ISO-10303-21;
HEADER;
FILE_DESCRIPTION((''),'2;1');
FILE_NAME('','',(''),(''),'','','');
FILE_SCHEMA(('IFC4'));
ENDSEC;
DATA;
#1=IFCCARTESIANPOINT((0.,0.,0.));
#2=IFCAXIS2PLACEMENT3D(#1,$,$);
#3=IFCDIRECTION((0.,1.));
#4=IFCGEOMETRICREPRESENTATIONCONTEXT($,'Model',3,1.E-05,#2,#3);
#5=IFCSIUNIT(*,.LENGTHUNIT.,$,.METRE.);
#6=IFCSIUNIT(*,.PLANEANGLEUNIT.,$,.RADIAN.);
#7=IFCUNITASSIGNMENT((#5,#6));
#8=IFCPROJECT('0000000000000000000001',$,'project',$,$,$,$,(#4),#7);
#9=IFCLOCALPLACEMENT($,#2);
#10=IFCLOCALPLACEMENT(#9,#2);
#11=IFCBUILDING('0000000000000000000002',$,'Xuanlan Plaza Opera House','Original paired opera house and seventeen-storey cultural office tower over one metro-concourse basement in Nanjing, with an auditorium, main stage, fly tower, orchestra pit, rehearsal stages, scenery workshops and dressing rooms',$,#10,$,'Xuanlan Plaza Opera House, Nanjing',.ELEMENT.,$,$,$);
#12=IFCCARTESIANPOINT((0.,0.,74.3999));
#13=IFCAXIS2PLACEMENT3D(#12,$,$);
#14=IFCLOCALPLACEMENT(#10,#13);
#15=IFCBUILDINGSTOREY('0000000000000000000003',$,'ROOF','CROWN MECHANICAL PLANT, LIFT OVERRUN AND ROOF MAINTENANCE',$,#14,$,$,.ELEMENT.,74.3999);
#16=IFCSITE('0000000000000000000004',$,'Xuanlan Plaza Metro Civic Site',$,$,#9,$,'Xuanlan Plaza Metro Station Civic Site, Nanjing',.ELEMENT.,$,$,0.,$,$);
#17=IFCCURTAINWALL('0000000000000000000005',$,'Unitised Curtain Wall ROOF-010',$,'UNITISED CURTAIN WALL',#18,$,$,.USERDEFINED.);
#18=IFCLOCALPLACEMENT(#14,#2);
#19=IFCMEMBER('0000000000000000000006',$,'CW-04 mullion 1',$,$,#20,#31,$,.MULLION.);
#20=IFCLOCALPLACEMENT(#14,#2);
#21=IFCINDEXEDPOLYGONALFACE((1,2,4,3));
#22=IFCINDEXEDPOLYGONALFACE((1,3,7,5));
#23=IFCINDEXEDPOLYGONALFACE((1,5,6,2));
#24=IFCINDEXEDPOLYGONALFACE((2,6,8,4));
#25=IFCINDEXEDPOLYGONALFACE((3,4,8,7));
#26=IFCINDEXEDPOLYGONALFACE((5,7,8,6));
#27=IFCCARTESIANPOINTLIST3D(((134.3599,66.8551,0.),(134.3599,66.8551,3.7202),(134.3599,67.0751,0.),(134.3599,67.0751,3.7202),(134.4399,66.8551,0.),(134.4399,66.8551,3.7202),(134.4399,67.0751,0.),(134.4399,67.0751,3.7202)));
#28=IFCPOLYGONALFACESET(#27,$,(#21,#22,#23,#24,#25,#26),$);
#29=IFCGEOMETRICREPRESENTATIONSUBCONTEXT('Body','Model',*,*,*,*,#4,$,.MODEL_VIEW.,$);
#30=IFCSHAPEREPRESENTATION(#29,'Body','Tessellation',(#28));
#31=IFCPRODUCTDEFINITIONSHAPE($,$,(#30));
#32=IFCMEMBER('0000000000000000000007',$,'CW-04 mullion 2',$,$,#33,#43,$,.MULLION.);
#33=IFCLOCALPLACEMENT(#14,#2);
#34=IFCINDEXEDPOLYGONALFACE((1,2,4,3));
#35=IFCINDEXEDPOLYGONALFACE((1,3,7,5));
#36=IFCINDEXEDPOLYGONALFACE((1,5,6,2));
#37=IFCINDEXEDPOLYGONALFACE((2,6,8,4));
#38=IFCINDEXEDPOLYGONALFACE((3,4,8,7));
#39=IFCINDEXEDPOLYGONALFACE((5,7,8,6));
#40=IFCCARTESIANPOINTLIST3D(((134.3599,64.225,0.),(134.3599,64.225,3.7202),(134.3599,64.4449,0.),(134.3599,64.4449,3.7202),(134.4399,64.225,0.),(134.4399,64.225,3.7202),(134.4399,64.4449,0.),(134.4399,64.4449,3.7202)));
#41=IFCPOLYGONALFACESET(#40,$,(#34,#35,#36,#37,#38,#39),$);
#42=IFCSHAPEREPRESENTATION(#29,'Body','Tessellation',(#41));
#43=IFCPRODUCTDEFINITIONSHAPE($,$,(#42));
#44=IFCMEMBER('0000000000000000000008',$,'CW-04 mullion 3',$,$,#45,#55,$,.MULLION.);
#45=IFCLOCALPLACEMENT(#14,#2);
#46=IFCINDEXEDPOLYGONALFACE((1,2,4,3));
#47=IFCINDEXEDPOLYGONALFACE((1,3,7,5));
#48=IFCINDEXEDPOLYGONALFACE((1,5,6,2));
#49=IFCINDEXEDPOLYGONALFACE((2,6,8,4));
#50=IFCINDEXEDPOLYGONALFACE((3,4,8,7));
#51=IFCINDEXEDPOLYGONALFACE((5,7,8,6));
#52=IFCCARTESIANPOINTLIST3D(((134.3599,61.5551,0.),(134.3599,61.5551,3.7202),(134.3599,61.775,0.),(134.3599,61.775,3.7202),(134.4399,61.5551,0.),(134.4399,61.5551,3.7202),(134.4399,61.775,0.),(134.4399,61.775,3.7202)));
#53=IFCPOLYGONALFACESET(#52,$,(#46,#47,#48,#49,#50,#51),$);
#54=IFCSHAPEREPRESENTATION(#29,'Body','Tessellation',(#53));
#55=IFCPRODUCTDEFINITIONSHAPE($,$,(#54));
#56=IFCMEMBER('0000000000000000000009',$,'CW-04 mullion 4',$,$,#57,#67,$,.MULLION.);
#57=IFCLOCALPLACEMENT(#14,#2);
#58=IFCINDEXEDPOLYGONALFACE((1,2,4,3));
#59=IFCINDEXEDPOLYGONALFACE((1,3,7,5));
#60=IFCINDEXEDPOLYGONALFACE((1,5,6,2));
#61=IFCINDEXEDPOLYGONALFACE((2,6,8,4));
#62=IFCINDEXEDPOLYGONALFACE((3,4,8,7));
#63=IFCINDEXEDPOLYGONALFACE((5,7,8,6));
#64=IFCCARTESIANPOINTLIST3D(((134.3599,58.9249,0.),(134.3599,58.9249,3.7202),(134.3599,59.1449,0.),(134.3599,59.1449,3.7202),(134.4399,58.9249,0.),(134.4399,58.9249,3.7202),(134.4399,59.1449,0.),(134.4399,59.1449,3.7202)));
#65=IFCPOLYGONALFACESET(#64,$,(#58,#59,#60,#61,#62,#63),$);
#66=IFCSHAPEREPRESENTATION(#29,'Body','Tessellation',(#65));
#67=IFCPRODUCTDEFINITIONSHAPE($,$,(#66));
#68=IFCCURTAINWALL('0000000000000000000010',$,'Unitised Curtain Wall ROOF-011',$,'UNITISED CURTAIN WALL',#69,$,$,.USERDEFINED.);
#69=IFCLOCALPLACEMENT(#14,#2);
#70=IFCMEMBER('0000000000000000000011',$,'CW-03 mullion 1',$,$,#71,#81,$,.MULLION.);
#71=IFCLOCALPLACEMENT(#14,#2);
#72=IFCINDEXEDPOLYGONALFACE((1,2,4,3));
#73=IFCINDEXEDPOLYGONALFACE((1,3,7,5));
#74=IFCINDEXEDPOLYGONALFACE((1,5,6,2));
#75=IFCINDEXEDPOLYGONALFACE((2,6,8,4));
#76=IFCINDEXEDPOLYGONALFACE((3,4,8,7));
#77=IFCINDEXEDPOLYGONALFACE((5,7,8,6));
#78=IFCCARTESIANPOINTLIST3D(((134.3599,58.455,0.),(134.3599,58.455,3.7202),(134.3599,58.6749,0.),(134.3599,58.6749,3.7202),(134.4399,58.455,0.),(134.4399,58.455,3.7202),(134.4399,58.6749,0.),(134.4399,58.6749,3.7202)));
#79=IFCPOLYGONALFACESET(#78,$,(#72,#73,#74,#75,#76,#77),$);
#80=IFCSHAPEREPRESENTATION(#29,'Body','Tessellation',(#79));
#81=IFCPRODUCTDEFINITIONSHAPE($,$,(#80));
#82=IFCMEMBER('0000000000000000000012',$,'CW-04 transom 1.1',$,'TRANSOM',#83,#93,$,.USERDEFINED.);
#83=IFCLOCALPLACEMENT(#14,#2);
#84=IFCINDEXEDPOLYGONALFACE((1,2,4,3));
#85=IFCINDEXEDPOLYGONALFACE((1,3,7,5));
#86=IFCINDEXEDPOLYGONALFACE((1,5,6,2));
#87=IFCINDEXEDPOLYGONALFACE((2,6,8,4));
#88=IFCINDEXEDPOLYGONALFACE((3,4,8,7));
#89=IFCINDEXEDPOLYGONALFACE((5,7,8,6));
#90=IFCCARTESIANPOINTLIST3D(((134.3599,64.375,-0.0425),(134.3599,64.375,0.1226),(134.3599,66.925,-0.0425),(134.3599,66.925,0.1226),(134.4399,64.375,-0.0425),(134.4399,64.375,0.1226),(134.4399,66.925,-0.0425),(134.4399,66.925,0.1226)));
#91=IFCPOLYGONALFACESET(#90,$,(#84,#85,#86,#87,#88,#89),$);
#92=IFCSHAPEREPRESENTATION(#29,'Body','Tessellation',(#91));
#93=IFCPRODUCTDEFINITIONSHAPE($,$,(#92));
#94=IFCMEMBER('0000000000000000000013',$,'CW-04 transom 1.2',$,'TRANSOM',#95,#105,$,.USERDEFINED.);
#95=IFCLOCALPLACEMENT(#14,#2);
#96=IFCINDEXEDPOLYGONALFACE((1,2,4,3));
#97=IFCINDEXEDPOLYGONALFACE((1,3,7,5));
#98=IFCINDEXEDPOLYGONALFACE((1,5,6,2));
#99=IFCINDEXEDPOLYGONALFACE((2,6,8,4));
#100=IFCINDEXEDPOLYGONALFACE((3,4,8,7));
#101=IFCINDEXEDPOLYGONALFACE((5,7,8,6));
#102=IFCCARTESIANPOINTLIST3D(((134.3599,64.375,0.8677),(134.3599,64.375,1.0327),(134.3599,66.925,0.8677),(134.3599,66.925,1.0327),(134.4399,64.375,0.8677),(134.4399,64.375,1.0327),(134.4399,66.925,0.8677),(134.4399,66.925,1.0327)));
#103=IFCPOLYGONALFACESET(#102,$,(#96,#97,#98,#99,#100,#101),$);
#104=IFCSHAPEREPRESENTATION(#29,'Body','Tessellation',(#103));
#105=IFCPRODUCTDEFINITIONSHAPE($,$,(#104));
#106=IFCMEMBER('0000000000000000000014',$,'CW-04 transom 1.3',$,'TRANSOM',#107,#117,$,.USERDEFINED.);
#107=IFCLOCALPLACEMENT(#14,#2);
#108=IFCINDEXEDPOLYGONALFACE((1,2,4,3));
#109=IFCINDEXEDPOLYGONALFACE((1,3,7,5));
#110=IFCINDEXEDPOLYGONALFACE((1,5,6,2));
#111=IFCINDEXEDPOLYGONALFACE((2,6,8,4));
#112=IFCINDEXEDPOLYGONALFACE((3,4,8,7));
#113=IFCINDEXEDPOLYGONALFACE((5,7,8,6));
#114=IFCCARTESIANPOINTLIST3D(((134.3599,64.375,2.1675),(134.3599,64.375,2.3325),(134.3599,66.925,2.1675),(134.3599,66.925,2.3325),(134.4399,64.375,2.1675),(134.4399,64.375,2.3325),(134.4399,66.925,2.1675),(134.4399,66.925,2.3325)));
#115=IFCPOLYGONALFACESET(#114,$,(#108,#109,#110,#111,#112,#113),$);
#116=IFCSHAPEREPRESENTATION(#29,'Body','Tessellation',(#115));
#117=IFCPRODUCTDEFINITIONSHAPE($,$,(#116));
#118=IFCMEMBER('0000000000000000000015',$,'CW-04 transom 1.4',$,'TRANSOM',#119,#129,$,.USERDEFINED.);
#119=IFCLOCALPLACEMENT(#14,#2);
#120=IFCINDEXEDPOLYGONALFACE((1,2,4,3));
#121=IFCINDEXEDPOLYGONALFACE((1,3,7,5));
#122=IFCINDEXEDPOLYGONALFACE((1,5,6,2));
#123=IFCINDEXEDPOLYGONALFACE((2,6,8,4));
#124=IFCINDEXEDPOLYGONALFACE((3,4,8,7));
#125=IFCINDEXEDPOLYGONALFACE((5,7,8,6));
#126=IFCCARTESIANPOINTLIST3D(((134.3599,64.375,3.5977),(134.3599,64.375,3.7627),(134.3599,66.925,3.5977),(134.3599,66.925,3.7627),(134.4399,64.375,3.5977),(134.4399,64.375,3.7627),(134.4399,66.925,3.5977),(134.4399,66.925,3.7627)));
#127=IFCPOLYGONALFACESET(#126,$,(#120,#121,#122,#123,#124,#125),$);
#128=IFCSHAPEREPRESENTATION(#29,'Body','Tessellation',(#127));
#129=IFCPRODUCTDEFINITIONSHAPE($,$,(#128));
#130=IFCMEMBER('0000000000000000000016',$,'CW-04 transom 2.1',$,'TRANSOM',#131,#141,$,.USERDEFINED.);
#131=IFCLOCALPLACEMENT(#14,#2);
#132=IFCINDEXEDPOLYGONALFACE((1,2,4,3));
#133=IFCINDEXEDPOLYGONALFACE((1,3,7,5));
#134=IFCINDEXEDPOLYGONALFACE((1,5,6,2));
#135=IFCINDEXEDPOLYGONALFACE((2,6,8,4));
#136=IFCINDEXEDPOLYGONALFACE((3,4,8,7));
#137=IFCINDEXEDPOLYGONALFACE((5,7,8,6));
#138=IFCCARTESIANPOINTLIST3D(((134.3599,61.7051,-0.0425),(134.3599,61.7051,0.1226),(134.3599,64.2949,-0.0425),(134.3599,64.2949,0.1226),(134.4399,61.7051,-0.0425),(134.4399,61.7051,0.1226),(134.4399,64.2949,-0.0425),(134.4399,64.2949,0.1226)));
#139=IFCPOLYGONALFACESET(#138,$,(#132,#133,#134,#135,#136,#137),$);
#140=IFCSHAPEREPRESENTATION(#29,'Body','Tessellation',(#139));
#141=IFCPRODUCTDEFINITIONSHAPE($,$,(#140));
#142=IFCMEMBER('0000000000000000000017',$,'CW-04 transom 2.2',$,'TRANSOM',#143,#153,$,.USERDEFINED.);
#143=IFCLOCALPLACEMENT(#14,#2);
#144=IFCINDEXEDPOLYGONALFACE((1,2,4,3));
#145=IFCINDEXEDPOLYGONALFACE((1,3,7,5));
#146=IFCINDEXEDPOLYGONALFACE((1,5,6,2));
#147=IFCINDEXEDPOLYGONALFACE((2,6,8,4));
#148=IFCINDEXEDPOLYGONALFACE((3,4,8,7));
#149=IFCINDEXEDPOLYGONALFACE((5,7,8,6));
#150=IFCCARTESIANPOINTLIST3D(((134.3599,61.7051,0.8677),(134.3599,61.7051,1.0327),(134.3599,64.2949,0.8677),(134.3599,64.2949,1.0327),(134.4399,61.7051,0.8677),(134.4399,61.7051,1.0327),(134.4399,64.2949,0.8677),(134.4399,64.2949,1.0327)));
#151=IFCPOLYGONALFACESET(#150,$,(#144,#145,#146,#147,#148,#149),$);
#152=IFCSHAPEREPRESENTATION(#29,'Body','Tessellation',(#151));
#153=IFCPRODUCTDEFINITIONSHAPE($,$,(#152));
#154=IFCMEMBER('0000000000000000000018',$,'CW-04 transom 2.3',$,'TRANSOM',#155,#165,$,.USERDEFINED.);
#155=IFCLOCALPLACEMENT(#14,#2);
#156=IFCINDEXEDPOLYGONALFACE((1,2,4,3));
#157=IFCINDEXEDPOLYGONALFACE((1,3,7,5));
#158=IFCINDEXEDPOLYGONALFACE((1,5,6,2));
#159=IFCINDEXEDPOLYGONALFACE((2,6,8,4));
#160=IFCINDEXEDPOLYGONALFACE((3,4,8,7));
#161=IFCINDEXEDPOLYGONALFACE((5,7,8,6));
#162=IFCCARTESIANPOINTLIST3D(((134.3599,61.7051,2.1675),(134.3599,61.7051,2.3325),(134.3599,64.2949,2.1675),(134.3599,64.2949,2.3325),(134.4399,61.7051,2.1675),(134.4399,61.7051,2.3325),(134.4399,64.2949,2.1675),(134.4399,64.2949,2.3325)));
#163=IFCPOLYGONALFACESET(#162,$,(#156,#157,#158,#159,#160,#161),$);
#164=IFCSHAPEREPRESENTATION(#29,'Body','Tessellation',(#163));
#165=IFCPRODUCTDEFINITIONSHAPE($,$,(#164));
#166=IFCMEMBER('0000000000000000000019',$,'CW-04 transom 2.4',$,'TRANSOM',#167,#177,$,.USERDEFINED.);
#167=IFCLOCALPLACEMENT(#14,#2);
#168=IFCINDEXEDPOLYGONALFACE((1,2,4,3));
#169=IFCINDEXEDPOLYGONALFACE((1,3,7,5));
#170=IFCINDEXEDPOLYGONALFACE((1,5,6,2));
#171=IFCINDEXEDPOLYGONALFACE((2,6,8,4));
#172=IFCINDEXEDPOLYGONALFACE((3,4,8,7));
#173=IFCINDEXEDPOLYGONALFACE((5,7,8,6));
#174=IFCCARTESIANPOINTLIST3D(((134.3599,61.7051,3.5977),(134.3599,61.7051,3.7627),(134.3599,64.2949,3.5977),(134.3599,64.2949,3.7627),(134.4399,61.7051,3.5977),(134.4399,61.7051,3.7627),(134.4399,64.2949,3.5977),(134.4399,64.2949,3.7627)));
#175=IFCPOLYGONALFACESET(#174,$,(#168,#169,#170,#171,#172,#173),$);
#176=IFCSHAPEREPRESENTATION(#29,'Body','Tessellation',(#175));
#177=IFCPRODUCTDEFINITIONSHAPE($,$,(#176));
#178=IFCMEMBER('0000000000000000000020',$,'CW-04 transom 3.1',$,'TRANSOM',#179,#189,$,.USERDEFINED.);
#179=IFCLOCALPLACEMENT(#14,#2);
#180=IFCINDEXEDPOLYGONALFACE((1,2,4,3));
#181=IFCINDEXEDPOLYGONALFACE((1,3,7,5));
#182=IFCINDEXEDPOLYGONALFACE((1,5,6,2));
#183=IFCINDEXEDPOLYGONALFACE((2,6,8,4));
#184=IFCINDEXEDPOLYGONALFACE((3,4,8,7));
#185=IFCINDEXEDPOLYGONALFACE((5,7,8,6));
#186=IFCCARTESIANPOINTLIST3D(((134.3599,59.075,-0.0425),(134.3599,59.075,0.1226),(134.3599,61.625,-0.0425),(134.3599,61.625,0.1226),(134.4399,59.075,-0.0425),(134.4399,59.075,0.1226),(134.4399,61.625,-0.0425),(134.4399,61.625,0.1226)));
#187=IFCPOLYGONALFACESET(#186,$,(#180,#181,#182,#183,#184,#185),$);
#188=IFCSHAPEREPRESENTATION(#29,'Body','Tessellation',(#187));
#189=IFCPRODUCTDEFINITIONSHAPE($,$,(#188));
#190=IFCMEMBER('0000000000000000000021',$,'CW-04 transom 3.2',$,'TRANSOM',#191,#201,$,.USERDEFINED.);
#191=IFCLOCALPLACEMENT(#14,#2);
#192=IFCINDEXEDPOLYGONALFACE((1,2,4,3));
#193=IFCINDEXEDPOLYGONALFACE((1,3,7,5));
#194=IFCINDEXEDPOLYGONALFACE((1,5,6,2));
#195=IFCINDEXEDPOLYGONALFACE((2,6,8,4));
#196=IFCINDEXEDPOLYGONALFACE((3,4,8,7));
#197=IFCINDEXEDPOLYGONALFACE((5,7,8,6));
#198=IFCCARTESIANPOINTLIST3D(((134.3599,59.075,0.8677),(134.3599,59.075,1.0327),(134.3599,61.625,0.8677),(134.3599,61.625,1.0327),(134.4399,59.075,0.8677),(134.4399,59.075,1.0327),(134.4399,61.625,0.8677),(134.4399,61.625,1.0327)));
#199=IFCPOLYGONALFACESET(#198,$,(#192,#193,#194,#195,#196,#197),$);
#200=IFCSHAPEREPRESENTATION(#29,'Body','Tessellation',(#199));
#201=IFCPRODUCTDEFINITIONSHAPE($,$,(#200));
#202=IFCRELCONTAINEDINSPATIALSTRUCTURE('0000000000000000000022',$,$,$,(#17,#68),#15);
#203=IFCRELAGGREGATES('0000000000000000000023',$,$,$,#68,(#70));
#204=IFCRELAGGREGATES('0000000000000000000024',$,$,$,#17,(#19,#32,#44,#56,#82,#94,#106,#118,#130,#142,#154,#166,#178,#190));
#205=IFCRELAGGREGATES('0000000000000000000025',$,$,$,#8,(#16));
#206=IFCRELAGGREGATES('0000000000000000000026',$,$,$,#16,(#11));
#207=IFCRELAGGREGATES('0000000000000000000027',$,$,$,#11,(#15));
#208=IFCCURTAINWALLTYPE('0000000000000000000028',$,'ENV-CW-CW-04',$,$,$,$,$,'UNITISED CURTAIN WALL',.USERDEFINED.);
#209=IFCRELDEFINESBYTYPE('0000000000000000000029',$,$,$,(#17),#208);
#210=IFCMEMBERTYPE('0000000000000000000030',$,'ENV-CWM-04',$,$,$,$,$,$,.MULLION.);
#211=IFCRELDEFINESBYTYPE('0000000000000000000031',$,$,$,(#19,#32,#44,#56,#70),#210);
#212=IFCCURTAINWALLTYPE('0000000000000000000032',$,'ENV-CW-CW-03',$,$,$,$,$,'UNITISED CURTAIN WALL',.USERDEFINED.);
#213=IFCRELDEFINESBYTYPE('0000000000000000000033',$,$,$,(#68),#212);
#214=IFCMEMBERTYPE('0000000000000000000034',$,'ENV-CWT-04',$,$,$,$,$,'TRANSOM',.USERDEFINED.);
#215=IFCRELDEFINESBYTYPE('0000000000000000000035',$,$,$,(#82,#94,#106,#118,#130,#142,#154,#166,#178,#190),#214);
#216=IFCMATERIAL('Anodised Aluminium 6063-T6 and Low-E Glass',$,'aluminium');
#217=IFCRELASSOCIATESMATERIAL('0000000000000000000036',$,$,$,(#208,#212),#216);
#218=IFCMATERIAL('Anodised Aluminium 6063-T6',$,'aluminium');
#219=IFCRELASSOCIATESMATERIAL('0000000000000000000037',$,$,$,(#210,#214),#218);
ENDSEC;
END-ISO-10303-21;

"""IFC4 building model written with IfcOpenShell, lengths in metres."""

from ifc_helpers import new_model, si_unit, direction, frame, origin, origin_2d, place, context, subcontext, project, spatial, rectangle, extrude, material, material_profile, profile_set, type_object, element, aggregate, save


model = new_model("IFC4")

# Units and contexts
model_context = context("Model", 3, precision=1e-05, world=origin(), true_north=direction((0.0, 1.0)))
body_context = subcontext(model_context, "Body", "Model", "MODEL_VIEW")
ifc_project = project(units=[si_unit("LENGTHUNIT", "METRE"), si_unit("PLANEANGLEUNIT", "RADIAN")], contexts=[model_context])

# Site, building, storey
site_placement = place(None, origin())
site = spatial("IfcSite", under=ifc_project, at=site_placement, Name="Xuanlan Plaza Metro Civic Site", LongName="Xuanlan Plaza Metro Station Civic Site, Nanjing", CompositionType="ELEMENT", RefElevation=0.0)
building_placement = place(site_placement, origin())
building = spatial("IfcBuilding", under=site, at=building_placement, Name="Xuanlan Plaza Opera House", Description="Original paired opera house and seventeen-storey cultural office tower over one metro-concourse basement in Nanjing, with an auditorium, main stage, fly tower, orchestra pit, rehearsal stages, scenery workshops and dressing rooms", LongName="Xuanlan Plaza Opera House, Nanjing", CompositionType="ELEMENT")
storey_placement = place(building_placement, frame((0.0, 0.0, 74.3999)))
storey = spatial("IfcBuildingStorey", under=building, at=storey_placement, Name="ROOF", Description="CROWN MECHANICAL PLANT, LIFT OVERRUN AND ROOF MAINTENANCE", CompositionType="ELEMENT", Elevation=74.3999)

# Curtain wall, members
ifc_material_1 = material(Name="Anodised Aluminium 6063-T6 and Low-E Glass", Category="aluminium")
curtain_wall_type_1 = type_object("IfcCurtainWallType", Name="ENV-CW-CW-04", ElementType="UNITISED CURTAIN WALL", PredefinedType="USERDEFINED", material=ifc_material_1)
curtain_wall_1_placement = place(storey_placement, origin())
curtain_wall_1 = element("IfcCurtainWall", 1, at=curtain_wall_1_placement, inside=storey, type_object=curtain_wall_type_1, Name="Unitised Curtain Wall ROOF-010", ObjectType="UNITISED CURTAIN WALL", PredefinedType="USERDEFINED")
ifc_material_2 = material(Name="Anodised Aluminium 6063-T6", Category="aluminium")
ifc_material_profile_1 = material_profile(ifc_material_2, rectangle(XDim=0.0801, YDim=0.22, at=origin_2d()), Name="ALU-M 80x220")
ifc_profile_set_1 = profile_set([ifc_material_profile_1], Name="Anodised Aluminium 6063-T6")
member_type_1 = type_object("IfcMemberType", Name="ENV-CWM-04", PredefinedType="MULLION", material=ifc_profile_set_1)
member_1_placement = place(storey_placement, frame((134.3999, 66.9651, 0.0), z_axis=(0.0, 0.0, 1.0), x_axis=(1.0, 0.0, 0.0)))
member_1 = element("IfcMember", 2, at=member_1_placement, type_object=member_type_1, Name="CW-04 mullion 1", PredefinedType="MULLION", context=body_context, shape_type="SweptSolid", body=[
    extrude(rectangle(XDim=0.0801, YDim=0.22, at=origin_2d()), origin(), (0.0, 0.0, 1.0), 3.7202),
])
member_2_placement = place(storey_placement, frame((134.3999, 64.335, 0.0), z_axis=(0.0, 0.0, 1.0), x_axis=(1.0, 0.0, 0.0)))
member_2 = element("IfcMember", 3, at=member_2_placement, type_object=member_type_1, Name="CW-04 mullion 2", PredefinedType="MULLION", context=body_context, shape_type="SweptSolid", body=[
    extrude(rectangle(XDim=0.0801, YDim=0.22, at=origin_2d()), origin(), (0.0, 0.0, 1.0), 3.7202),
])
member_3_placement = place(storey_placement, frame((134.3999, 61.665, 0.0), z_axis=(0.0, 0.0, 1.0), x_axis=(1.0, 0.0, 0.0)))
member_3 = element("IfcMember", 4, at=member_3_placement, type_object=member_type_1, Name="CW-04 mullion 3", PredefinedType="MULLION", context=body_context, shape_type="SweptSolid", body=[
    extrude(rectangle(XDim=0.0801, YDim=0.22, at=origin_2d()), origin(), (0.0, 0.0, 1.0), 3.7202),
])
member_4_placement = place(storey_placement, frame((134.3999, 59.0349, 0.0), z_axis=(0.0, 0.0, 1.0), x_axis=(1.0, 0.0, 0.0)))
member_4 = element("IfcMember", 5, at=member_4_placement, type_object=member_type_1, Name="CW-04 mullion 4", PredefinedType="MULLION", context=body_context, shape_type="SweptSolid", body=[
    extrude(rectangle(XDim=0.0801, YDim=0.22, at=origin_2d()), origin(), (0.0, 0.0, 1.0), 3.7202),
])

# Curtain wall, member
curtain_wall_type_2 = type_object("IfcCurtainWallType", Name="ENV-CW-CW-03", ElementType="UNITISED CURTAIN WALL", PredefinedType="USERDEFINED", material=ifc_material_1)
curtain_wall_2_placement = place(storey_placement, origin())
curtain_wall_2 = element("IfcCurtainWall", 6, at=curtain_wall_2_placement, inside=storey, type_object=curtain_wall_type_2, Name="Unitised Curtain Wall ROOF-011", ObjectType="UNITISED CURTAIN WALL", PredefinedType="USERDEFINED")
member_5_placement = place(storey_placement, frame((134.3999, 58.5649, 0.0), z_axis=(0.0, 0.0, 1.0), x_axis=(1.0, 0.0, 0.0)))
member_5 = element("IfcMember", 7, at=member_5_placement, type_object=member_type_1, Name="CW-03 mullion 1", PredefinedType="MULLION", context=body_context, shape_type="SweptSolid", body=[
    extrude(rectangle(XDim=0.0801, YDim=0.22, at=origin_2d()), origin(), (0.0, 0.0, 1.0), 3.7202),
])
aggregate(curtain_wall_2, [member_5])

# Members
ifc_material_profile_2 = material_profile(ifc_material_2, rectangle(XDim=0.0801, YDim=0.165, at=origin_2d()), Name="ALU-T 80x165")
ifc_profile_set_2 = profile_set([ifc_material_profile_2], Name="Anodised Aluminium 6063-T6")
member_type_2 = type_object("IfcMemberType", Name="ENV-CWT-04", ElementType="TRANSOM", PredefinedType="USERDEFINED", material=ifc_profile_set_2)
member_6_placement = place(storey_placement, frame((134.3999, 66.925, 0.04), z_axis=(0.0, -1.0, 0.0), x_axis=(1.0, 0.0, 0.0)))
member_6 = element("IfcMember", 8, at=member_6_placement, type_object=member_type_2, Name="CW-04 transom 1.1", ObjectType="TRANSOM", PredefinedType="USERDEFINED", context=body_context, shape_type="SweptSolid", body=[
    extrude(rectangle(XDim=0.0801, YDim=0.165, at=origin_2d()), origin(), (0.0, 0.0, 1.0), 2.55),
])
member_7_placement = place(storey_placement, frame((134.3999, 66.925, 0.9502), z_axis=(0.0, -1.0, 0.0), x_axis=(1.0, 0.0, 0.0)))
member_7 = element("IfcMember", 9, at=member_7_placement, type_object=member_type_2, Name="CW-04 transom 1.2", ObjectType="TRANSOM", PredefinedType="USERDEFINED", context=body_context, shape_type="SweptSolid", body=[
    extrude(rectangle(XDim=0.0801, YDim=0.165, at=origin_2d()), origin(), (0.0, 0.0, 1.0), 2.55),
])
member_8_placement = place(storey_placement, frame((134.3999, 66.925, 2.25), z_axis=(0.0, -1.0, 0.0), x_axis=(1.0, 0.0, 0.0)))
member_8 = element("IfcMember", 10, at=member_8_placement, type_object=member_type_2, Name="CW-04 transom 1.3", ObjectType="TRANSOM", PredefinedType="USERDEFINED", context=body_context, shape_type="SweptSolid", body=[
    extrude(rectangle(XDim=0.0801, YDim=0.165, at=origin_2d()), origin(), (0.0, 0.0, 1.0), 2.55),
])
member_9_placement = place(storey_placement, frame((134.3999, 66.925, 3.6802), z_axis=(0.0, -1.0, 0.0), x_axis=(1.0, 0.0, 0.0)))
member_9 = element("IfcMember", 11, at=member_9_placement, type_object=member_type_2, Name="CW-04 transom 1.4", ObjectType="TRANSOM", PredefinedType="USERDEFINED", context=body_context, shape_type="SweptSolid", body=[
    extrude(rectangle(XDim=0.0801, YDim=0.165, at=origin_2d()), origin(), (0.0, 0.0, 1.0), 2.55),
])
member_10_placement = place(storey_placement, frame((134.3999, 64.2949, 0.04), z_axis=(0.0, -1.0, 0.0), x_axis=(1.0, 0.0, 0.0)))
member_10 = element("IfcMember", 12, at=member_10_placement, type_object=member_type_2, Name="CW-04 transom 2.1", ObjectType="TRANSOM", PredefinedType="USERDEFINED", context=body_context, shape_type="SweptSolid", body=[
    extrude(rectangle(XDim=0.0801, YDim=0.165, at=origin_2d()), origin(), (0.0, 0.0, 1.0), 2.5898),
])
member_11_placement = place(storey_placement, frame((134.3999, 64.2949, 0.9502), z_axis=(0.0, -1.0, 0.0), x_axis=(1.0, 0.0, 0.0)))
member_11 = element("IfcMember", 13, at=member_11_placement, type_object=member_type_2, Name="CW-04 transom 2.2", ObjectType="TRANSOM", PredefinedType="USERDEFINED", context=body_context, shape_type="SweptSolid", body=[
    extrude(rectangle(XDim=0.0801, YDim=0.165, at=origin_2d()), origin(), (0.0, 0.0, 1.0), 2.5898),
])
member_12_placement = place(storey_placement, frame((134.3999, 64.2949, 2.25), z_axis=(0.0, -1.0, 0.0), x_axis=(1.0, 0.0, 0.0)))
member_12 = element("IfcMember", 14, at=member_12_placement, type_object=member_type_2, Name="CW-04 transom 2.3", ObjectType="TRANSOM", PredefinedType="USERDEFINED", context=body_context, shape_type="SweptSolid", body=[
    extrude(rectangle(XDim=0.0801, YDim=0.165, at=origin_2d()), origin(), (0.0, 0.0, 1.0), 2.5898),
])
member_13_placement = place(storey_placement, frame((134.3999, 64.2949, 3.6802), z_axis=(0.0, -1.0, 0.0), x_axis=(1.0, 0.0, 0.0)))
member_13 = element("IfcMember", 15, at=member_13_placement, type_object=member_type_2, Name="CW-04 transom 2.4", ObjectType="TRANSOM", PredefinedType="USERDEFINED", context=body_context, shape_type="SweptSolid", body=[
    extrude(rectangle(XDim=0.0801, YDim=0.165, at=origin_2d()), origin(), (0.0, 0.0, 1.0), 2.5898),
])
member_14_placement = place(storey_placement, frame((134.3999, 61.625, 0.04), z_axis=(0.0, -1.0, 0.0), x_axis=(1.0, 0.0, 0.0)))
member_14 = element("IfcMember", 16, at=member_14_placement, type_object=member_type_2, Name="CW-04 transom 3.1", ObjectType="TRANSOM", PredefinedType="USERDEFINED", context=body_context, shape_type="SweptSolid", body=[
    extrude(rectangle(XDim=0.0801, YDim=0.165, at=origin_2d()), origin(), (0.0, 0.0, 1.0), 2.55),
])
member_15_placement = place(storey_placement, frame((134.3999, 61.625, 0.9502), z_axis=(0.0, -1.0, 0.0), x_axis=(1.0, 0.0, 0.0)))
member_15 = element("IfcMember", 17, at=member_15_placement, type_object=member_type_2, Name="CW-04 transom 3.2", ObjectType="TRANSOM", PredefinedType="USERDEFINED", context=body_context, shape_type="SweptSolid", body=[
    extrude(rectangle(XDim=0.0801, YDim=0.165, at=origin_2d()), origin(), (0.0, 0.0, 1.0), 2.55),
])

aggregate(curtain_wall_1, [member_1, member_2, member_3, member_4, member_6, member_7, member_8, member_9, member_10, member_11, member_12, member_13, member_14, member_15])

save(model, "model.ifc")
